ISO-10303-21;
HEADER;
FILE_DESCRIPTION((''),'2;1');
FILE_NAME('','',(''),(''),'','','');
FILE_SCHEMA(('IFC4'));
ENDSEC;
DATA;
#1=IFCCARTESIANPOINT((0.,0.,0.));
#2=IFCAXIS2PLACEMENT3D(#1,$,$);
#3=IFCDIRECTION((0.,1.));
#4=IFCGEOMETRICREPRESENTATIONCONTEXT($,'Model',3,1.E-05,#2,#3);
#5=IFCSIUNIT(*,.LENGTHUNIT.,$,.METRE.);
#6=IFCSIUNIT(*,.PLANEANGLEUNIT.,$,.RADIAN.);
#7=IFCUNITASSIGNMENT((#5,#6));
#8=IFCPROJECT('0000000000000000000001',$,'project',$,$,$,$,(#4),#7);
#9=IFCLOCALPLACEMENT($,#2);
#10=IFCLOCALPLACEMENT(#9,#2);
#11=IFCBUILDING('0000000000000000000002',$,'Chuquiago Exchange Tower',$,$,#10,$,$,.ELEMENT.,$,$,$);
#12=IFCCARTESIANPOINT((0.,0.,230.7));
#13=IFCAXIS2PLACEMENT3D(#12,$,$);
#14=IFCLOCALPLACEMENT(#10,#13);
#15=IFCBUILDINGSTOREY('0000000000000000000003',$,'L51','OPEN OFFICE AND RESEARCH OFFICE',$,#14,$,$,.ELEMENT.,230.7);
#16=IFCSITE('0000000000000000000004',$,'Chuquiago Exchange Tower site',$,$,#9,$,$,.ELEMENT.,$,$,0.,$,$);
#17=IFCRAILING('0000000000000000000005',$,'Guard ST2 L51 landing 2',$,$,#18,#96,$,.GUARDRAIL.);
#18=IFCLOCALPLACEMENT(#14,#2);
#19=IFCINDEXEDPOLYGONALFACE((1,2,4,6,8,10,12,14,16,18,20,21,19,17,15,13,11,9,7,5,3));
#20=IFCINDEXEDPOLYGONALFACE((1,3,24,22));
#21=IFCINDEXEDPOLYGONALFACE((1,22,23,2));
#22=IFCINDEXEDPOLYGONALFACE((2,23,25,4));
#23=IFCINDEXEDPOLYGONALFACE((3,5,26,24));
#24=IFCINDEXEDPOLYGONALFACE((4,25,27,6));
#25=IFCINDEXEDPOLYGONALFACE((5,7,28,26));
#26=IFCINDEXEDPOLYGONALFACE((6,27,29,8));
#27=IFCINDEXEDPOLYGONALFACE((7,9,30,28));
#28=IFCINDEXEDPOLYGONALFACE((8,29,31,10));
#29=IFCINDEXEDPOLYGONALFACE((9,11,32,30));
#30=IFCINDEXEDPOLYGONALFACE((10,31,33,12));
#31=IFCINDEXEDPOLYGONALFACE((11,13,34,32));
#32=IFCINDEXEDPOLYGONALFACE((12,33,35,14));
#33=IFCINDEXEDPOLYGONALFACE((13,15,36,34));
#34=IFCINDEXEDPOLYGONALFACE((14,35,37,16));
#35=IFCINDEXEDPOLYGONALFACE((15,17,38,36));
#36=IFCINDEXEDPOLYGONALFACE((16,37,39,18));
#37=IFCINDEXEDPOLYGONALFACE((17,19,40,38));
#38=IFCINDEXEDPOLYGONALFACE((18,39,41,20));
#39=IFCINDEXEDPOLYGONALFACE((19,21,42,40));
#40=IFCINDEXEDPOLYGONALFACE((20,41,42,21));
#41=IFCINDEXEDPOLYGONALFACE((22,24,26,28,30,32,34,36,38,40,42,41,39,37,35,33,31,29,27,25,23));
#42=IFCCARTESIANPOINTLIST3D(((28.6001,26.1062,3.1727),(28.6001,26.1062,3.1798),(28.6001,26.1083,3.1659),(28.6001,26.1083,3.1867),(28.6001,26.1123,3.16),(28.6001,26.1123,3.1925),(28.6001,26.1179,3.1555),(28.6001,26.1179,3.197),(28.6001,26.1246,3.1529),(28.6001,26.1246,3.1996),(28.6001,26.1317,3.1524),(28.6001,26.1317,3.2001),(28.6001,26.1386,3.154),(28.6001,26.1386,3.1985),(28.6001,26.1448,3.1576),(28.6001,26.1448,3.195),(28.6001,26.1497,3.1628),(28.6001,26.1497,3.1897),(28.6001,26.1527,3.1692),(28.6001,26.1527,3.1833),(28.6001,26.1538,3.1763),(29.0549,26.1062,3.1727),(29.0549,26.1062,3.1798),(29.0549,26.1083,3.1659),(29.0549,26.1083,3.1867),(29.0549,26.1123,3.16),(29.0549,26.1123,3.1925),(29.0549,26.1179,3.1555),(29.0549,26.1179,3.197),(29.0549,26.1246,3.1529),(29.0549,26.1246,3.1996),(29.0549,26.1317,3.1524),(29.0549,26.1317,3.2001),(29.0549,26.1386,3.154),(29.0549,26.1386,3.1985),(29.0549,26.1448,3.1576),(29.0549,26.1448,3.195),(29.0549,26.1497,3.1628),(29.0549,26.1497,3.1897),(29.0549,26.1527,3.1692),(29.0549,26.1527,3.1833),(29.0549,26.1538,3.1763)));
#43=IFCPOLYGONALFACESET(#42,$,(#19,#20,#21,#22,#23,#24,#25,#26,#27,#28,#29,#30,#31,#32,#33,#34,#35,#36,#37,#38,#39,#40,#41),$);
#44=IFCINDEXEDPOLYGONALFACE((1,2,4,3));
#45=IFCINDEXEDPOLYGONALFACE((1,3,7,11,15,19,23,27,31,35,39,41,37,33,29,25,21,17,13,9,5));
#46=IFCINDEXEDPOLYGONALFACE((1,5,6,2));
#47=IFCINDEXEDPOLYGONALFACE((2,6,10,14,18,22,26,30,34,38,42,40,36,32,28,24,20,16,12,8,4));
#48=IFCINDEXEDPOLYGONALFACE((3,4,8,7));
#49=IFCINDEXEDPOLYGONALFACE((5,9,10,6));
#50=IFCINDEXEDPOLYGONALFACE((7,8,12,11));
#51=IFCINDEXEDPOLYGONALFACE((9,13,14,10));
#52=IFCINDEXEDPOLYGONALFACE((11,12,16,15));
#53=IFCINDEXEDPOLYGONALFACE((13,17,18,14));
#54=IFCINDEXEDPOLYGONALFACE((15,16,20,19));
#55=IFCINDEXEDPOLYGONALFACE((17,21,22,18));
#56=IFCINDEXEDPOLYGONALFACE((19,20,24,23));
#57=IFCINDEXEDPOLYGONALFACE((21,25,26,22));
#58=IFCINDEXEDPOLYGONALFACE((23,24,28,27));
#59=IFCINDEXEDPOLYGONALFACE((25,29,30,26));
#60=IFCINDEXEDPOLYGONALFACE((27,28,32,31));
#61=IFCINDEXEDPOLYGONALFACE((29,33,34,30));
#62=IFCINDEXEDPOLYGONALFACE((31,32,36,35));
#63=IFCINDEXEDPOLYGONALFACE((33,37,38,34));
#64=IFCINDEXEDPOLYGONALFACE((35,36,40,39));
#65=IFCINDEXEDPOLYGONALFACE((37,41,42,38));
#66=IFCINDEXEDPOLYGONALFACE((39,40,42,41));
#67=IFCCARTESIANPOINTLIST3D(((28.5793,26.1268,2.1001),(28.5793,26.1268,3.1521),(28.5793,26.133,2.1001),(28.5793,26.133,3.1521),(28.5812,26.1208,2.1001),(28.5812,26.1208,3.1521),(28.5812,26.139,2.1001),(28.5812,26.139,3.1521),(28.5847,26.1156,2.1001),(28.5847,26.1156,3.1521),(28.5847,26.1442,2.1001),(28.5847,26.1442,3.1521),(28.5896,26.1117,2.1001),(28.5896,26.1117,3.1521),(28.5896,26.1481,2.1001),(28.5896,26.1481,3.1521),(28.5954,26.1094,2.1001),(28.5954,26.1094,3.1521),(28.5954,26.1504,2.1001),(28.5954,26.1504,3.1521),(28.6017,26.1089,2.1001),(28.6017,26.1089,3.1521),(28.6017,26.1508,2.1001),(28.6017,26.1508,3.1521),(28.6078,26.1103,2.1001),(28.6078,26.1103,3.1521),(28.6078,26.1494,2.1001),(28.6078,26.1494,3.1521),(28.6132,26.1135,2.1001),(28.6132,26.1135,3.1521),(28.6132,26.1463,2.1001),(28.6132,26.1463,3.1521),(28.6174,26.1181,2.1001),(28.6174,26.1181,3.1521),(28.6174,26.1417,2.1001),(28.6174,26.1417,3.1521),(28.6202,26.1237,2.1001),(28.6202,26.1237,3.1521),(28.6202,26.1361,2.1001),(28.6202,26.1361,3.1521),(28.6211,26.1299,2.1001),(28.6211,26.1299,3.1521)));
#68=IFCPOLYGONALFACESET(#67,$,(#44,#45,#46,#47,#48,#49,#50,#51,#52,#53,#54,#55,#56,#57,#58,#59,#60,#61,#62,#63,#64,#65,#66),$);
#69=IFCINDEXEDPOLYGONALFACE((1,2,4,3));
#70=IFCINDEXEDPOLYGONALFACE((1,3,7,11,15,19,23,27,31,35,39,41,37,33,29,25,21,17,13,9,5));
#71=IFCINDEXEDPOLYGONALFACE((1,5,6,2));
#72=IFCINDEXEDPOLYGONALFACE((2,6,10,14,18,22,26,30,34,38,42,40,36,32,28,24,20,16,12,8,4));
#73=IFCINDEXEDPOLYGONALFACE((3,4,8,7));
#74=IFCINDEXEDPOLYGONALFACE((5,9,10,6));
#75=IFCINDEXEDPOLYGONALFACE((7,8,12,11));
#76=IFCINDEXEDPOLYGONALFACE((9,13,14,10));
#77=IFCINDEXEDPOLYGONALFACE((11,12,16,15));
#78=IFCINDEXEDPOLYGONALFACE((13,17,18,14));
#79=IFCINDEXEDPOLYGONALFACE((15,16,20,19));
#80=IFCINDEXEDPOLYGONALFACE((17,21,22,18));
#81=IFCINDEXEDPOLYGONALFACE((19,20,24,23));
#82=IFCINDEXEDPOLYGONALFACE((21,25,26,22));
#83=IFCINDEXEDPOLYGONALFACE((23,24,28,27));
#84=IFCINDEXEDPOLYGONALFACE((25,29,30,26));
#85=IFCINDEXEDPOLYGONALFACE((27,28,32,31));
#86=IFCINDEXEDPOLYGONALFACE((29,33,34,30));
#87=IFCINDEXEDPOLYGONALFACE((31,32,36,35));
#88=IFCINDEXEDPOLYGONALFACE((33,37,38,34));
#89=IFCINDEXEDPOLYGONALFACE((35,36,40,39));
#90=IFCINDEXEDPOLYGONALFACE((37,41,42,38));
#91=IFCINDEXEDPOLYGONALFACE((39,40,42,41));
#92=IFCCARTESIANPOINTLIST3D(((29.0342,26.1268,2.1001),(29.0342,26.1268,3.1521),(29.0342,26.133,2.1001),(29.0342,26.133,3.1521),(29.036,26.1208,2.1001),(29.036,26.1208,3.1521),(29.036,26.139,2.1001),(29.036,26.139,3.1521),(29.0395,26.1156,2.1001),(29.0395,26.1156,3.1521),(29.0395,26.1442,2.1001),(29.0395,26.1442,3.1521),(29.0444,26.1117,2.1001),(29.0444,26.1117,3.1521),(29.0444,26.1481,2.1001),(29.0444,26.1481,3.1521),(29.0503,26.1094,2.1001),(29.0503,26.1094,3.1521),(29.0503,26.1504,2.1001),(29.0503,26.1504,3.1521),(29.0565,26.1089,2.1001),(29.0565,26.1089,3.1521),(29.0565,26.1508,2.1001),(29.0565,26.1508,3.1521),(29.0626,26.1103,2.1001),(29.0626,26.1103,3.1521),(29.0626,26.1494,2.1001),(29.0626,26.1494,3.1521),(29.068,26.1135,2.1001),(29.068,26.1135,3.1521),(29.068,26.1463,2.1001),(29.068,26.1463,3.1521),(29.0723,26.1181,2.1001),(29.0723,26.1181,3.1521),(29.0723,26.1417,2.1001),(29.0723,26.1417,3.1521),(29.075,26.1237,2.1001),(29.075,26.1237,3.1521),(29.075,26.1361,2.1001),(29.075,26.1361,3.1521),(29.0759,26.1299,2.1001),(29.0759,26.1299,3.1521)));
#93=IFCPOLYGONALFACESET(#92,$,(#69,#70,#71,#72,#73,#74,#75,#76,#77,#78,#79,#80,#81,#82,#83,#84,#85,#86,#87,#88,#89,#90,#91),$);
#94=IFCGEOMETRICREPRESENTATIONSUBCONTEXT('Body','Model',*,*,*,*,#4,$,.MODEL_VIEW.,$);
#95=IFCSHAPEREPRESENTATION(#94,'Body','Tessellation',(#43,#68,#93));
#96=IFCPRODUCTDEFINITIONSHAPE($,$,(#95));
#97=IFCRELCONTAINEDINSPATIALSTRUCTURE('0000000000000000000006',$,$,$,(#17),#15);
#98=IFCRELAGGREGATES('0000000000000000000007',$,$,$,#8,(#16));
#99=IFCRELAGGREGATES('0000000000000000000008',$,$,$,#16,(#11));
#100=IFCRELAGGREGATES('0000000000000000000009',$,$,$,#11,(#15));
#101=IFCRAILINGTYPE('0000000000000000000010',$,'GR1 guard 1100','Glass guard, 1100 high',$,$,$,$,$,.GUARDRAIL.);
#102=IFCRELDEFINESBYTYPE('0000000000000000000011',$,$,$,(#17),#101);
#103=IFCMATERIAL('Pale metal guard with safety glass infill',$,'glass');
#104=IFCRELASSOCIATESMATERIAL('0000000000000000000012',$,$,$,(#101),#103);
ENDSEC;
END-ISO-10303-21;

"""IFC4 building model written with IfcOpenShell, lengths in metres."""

from ifc_helpers import new_model, si_unit, direction, frame, origin, origin_2d, place, context, subcontext, project, spatial, circle, extrude, material, type_object, element, save


model = new_model("IFC4")

# Units and contexts
model_context = context("Model", 3, precision=1e-05, world=origin(), true_north=direction((0.0, 1.0)))
body_context = subcontext(model_context, "Body", "Model", "MODEL_VIEW")
ifc_project = project(units=[si_unit("LENGTHUNIT", "METRE"), si_unit("PLANEANGLEUNIT", "RADIAN")], contexts=[model_context])

# Site, building, storey
site_placement = place(None, origin())
site = spatial("IfcSite", under=ifc_project, at=site_placement, Name="Chuquiago Exchange Tower site", CompositionType="ELEMENT", RefElevation=0.0)
building_placement = place(site_placement, origin())
building = spatial("IfcBuilding", under=site, at=building_placement, Name="Chuquiago Exchange Tower", CompositionType="ELEMENT")
storey_placement = place(building_placement, frame((0.0, 0.0, 230.7)))
storey = spatial("IfcBuildingStorey", under=building, at=storey_placement, Name="L51", Description="OPEN OFFICE AND RESEARCH OFFICE", CompositionType="ELEMENT", Elevation=230.7)

# Railing
ifc_material_1 = material(Name="Pale metal guard with safety glass infill", Category="glass")
railing_type_1 = type_object("IfcRailingType", Name="GR1 guard 1100", Description="Glass guard, 1100 high", PredefinedType="GUARDRAIL", material=ifc_material_1)
railing_1_placement = place(storey_placement, frame((28.6001, 26.1299, 2.1001)))
element("IfcRailing", 1, at=railing_1_placement, inside=storey, type_object=railing_type_1, Name="Guard ST2 L51 landing 2", PredefinedType="GUARDRAIL", context=body_context, shape_type="SweptSolid", body=[
    extrude(circle(Radius=0.0239, at=origin_2d()), frame((0.0, 0.0, 1.0762), z_axis=(1.0, 0.0, 0.0), x_axis=(0.0, 1.0, 0.0)), (0.0, 0.0, 1.0), 0.4548),
    extrude(circle(Radius=0.021, at=origin_2d()), origin(), (0.0, 0.0, 1.0), 1.052),
    extrude(circle(Radius=0.021, at=origin_2d()), frame((0.4548, 0.0, 0.0)), (0.0, 0.0, 1.0), 1.052),
])

save(model, "model.ifc")
